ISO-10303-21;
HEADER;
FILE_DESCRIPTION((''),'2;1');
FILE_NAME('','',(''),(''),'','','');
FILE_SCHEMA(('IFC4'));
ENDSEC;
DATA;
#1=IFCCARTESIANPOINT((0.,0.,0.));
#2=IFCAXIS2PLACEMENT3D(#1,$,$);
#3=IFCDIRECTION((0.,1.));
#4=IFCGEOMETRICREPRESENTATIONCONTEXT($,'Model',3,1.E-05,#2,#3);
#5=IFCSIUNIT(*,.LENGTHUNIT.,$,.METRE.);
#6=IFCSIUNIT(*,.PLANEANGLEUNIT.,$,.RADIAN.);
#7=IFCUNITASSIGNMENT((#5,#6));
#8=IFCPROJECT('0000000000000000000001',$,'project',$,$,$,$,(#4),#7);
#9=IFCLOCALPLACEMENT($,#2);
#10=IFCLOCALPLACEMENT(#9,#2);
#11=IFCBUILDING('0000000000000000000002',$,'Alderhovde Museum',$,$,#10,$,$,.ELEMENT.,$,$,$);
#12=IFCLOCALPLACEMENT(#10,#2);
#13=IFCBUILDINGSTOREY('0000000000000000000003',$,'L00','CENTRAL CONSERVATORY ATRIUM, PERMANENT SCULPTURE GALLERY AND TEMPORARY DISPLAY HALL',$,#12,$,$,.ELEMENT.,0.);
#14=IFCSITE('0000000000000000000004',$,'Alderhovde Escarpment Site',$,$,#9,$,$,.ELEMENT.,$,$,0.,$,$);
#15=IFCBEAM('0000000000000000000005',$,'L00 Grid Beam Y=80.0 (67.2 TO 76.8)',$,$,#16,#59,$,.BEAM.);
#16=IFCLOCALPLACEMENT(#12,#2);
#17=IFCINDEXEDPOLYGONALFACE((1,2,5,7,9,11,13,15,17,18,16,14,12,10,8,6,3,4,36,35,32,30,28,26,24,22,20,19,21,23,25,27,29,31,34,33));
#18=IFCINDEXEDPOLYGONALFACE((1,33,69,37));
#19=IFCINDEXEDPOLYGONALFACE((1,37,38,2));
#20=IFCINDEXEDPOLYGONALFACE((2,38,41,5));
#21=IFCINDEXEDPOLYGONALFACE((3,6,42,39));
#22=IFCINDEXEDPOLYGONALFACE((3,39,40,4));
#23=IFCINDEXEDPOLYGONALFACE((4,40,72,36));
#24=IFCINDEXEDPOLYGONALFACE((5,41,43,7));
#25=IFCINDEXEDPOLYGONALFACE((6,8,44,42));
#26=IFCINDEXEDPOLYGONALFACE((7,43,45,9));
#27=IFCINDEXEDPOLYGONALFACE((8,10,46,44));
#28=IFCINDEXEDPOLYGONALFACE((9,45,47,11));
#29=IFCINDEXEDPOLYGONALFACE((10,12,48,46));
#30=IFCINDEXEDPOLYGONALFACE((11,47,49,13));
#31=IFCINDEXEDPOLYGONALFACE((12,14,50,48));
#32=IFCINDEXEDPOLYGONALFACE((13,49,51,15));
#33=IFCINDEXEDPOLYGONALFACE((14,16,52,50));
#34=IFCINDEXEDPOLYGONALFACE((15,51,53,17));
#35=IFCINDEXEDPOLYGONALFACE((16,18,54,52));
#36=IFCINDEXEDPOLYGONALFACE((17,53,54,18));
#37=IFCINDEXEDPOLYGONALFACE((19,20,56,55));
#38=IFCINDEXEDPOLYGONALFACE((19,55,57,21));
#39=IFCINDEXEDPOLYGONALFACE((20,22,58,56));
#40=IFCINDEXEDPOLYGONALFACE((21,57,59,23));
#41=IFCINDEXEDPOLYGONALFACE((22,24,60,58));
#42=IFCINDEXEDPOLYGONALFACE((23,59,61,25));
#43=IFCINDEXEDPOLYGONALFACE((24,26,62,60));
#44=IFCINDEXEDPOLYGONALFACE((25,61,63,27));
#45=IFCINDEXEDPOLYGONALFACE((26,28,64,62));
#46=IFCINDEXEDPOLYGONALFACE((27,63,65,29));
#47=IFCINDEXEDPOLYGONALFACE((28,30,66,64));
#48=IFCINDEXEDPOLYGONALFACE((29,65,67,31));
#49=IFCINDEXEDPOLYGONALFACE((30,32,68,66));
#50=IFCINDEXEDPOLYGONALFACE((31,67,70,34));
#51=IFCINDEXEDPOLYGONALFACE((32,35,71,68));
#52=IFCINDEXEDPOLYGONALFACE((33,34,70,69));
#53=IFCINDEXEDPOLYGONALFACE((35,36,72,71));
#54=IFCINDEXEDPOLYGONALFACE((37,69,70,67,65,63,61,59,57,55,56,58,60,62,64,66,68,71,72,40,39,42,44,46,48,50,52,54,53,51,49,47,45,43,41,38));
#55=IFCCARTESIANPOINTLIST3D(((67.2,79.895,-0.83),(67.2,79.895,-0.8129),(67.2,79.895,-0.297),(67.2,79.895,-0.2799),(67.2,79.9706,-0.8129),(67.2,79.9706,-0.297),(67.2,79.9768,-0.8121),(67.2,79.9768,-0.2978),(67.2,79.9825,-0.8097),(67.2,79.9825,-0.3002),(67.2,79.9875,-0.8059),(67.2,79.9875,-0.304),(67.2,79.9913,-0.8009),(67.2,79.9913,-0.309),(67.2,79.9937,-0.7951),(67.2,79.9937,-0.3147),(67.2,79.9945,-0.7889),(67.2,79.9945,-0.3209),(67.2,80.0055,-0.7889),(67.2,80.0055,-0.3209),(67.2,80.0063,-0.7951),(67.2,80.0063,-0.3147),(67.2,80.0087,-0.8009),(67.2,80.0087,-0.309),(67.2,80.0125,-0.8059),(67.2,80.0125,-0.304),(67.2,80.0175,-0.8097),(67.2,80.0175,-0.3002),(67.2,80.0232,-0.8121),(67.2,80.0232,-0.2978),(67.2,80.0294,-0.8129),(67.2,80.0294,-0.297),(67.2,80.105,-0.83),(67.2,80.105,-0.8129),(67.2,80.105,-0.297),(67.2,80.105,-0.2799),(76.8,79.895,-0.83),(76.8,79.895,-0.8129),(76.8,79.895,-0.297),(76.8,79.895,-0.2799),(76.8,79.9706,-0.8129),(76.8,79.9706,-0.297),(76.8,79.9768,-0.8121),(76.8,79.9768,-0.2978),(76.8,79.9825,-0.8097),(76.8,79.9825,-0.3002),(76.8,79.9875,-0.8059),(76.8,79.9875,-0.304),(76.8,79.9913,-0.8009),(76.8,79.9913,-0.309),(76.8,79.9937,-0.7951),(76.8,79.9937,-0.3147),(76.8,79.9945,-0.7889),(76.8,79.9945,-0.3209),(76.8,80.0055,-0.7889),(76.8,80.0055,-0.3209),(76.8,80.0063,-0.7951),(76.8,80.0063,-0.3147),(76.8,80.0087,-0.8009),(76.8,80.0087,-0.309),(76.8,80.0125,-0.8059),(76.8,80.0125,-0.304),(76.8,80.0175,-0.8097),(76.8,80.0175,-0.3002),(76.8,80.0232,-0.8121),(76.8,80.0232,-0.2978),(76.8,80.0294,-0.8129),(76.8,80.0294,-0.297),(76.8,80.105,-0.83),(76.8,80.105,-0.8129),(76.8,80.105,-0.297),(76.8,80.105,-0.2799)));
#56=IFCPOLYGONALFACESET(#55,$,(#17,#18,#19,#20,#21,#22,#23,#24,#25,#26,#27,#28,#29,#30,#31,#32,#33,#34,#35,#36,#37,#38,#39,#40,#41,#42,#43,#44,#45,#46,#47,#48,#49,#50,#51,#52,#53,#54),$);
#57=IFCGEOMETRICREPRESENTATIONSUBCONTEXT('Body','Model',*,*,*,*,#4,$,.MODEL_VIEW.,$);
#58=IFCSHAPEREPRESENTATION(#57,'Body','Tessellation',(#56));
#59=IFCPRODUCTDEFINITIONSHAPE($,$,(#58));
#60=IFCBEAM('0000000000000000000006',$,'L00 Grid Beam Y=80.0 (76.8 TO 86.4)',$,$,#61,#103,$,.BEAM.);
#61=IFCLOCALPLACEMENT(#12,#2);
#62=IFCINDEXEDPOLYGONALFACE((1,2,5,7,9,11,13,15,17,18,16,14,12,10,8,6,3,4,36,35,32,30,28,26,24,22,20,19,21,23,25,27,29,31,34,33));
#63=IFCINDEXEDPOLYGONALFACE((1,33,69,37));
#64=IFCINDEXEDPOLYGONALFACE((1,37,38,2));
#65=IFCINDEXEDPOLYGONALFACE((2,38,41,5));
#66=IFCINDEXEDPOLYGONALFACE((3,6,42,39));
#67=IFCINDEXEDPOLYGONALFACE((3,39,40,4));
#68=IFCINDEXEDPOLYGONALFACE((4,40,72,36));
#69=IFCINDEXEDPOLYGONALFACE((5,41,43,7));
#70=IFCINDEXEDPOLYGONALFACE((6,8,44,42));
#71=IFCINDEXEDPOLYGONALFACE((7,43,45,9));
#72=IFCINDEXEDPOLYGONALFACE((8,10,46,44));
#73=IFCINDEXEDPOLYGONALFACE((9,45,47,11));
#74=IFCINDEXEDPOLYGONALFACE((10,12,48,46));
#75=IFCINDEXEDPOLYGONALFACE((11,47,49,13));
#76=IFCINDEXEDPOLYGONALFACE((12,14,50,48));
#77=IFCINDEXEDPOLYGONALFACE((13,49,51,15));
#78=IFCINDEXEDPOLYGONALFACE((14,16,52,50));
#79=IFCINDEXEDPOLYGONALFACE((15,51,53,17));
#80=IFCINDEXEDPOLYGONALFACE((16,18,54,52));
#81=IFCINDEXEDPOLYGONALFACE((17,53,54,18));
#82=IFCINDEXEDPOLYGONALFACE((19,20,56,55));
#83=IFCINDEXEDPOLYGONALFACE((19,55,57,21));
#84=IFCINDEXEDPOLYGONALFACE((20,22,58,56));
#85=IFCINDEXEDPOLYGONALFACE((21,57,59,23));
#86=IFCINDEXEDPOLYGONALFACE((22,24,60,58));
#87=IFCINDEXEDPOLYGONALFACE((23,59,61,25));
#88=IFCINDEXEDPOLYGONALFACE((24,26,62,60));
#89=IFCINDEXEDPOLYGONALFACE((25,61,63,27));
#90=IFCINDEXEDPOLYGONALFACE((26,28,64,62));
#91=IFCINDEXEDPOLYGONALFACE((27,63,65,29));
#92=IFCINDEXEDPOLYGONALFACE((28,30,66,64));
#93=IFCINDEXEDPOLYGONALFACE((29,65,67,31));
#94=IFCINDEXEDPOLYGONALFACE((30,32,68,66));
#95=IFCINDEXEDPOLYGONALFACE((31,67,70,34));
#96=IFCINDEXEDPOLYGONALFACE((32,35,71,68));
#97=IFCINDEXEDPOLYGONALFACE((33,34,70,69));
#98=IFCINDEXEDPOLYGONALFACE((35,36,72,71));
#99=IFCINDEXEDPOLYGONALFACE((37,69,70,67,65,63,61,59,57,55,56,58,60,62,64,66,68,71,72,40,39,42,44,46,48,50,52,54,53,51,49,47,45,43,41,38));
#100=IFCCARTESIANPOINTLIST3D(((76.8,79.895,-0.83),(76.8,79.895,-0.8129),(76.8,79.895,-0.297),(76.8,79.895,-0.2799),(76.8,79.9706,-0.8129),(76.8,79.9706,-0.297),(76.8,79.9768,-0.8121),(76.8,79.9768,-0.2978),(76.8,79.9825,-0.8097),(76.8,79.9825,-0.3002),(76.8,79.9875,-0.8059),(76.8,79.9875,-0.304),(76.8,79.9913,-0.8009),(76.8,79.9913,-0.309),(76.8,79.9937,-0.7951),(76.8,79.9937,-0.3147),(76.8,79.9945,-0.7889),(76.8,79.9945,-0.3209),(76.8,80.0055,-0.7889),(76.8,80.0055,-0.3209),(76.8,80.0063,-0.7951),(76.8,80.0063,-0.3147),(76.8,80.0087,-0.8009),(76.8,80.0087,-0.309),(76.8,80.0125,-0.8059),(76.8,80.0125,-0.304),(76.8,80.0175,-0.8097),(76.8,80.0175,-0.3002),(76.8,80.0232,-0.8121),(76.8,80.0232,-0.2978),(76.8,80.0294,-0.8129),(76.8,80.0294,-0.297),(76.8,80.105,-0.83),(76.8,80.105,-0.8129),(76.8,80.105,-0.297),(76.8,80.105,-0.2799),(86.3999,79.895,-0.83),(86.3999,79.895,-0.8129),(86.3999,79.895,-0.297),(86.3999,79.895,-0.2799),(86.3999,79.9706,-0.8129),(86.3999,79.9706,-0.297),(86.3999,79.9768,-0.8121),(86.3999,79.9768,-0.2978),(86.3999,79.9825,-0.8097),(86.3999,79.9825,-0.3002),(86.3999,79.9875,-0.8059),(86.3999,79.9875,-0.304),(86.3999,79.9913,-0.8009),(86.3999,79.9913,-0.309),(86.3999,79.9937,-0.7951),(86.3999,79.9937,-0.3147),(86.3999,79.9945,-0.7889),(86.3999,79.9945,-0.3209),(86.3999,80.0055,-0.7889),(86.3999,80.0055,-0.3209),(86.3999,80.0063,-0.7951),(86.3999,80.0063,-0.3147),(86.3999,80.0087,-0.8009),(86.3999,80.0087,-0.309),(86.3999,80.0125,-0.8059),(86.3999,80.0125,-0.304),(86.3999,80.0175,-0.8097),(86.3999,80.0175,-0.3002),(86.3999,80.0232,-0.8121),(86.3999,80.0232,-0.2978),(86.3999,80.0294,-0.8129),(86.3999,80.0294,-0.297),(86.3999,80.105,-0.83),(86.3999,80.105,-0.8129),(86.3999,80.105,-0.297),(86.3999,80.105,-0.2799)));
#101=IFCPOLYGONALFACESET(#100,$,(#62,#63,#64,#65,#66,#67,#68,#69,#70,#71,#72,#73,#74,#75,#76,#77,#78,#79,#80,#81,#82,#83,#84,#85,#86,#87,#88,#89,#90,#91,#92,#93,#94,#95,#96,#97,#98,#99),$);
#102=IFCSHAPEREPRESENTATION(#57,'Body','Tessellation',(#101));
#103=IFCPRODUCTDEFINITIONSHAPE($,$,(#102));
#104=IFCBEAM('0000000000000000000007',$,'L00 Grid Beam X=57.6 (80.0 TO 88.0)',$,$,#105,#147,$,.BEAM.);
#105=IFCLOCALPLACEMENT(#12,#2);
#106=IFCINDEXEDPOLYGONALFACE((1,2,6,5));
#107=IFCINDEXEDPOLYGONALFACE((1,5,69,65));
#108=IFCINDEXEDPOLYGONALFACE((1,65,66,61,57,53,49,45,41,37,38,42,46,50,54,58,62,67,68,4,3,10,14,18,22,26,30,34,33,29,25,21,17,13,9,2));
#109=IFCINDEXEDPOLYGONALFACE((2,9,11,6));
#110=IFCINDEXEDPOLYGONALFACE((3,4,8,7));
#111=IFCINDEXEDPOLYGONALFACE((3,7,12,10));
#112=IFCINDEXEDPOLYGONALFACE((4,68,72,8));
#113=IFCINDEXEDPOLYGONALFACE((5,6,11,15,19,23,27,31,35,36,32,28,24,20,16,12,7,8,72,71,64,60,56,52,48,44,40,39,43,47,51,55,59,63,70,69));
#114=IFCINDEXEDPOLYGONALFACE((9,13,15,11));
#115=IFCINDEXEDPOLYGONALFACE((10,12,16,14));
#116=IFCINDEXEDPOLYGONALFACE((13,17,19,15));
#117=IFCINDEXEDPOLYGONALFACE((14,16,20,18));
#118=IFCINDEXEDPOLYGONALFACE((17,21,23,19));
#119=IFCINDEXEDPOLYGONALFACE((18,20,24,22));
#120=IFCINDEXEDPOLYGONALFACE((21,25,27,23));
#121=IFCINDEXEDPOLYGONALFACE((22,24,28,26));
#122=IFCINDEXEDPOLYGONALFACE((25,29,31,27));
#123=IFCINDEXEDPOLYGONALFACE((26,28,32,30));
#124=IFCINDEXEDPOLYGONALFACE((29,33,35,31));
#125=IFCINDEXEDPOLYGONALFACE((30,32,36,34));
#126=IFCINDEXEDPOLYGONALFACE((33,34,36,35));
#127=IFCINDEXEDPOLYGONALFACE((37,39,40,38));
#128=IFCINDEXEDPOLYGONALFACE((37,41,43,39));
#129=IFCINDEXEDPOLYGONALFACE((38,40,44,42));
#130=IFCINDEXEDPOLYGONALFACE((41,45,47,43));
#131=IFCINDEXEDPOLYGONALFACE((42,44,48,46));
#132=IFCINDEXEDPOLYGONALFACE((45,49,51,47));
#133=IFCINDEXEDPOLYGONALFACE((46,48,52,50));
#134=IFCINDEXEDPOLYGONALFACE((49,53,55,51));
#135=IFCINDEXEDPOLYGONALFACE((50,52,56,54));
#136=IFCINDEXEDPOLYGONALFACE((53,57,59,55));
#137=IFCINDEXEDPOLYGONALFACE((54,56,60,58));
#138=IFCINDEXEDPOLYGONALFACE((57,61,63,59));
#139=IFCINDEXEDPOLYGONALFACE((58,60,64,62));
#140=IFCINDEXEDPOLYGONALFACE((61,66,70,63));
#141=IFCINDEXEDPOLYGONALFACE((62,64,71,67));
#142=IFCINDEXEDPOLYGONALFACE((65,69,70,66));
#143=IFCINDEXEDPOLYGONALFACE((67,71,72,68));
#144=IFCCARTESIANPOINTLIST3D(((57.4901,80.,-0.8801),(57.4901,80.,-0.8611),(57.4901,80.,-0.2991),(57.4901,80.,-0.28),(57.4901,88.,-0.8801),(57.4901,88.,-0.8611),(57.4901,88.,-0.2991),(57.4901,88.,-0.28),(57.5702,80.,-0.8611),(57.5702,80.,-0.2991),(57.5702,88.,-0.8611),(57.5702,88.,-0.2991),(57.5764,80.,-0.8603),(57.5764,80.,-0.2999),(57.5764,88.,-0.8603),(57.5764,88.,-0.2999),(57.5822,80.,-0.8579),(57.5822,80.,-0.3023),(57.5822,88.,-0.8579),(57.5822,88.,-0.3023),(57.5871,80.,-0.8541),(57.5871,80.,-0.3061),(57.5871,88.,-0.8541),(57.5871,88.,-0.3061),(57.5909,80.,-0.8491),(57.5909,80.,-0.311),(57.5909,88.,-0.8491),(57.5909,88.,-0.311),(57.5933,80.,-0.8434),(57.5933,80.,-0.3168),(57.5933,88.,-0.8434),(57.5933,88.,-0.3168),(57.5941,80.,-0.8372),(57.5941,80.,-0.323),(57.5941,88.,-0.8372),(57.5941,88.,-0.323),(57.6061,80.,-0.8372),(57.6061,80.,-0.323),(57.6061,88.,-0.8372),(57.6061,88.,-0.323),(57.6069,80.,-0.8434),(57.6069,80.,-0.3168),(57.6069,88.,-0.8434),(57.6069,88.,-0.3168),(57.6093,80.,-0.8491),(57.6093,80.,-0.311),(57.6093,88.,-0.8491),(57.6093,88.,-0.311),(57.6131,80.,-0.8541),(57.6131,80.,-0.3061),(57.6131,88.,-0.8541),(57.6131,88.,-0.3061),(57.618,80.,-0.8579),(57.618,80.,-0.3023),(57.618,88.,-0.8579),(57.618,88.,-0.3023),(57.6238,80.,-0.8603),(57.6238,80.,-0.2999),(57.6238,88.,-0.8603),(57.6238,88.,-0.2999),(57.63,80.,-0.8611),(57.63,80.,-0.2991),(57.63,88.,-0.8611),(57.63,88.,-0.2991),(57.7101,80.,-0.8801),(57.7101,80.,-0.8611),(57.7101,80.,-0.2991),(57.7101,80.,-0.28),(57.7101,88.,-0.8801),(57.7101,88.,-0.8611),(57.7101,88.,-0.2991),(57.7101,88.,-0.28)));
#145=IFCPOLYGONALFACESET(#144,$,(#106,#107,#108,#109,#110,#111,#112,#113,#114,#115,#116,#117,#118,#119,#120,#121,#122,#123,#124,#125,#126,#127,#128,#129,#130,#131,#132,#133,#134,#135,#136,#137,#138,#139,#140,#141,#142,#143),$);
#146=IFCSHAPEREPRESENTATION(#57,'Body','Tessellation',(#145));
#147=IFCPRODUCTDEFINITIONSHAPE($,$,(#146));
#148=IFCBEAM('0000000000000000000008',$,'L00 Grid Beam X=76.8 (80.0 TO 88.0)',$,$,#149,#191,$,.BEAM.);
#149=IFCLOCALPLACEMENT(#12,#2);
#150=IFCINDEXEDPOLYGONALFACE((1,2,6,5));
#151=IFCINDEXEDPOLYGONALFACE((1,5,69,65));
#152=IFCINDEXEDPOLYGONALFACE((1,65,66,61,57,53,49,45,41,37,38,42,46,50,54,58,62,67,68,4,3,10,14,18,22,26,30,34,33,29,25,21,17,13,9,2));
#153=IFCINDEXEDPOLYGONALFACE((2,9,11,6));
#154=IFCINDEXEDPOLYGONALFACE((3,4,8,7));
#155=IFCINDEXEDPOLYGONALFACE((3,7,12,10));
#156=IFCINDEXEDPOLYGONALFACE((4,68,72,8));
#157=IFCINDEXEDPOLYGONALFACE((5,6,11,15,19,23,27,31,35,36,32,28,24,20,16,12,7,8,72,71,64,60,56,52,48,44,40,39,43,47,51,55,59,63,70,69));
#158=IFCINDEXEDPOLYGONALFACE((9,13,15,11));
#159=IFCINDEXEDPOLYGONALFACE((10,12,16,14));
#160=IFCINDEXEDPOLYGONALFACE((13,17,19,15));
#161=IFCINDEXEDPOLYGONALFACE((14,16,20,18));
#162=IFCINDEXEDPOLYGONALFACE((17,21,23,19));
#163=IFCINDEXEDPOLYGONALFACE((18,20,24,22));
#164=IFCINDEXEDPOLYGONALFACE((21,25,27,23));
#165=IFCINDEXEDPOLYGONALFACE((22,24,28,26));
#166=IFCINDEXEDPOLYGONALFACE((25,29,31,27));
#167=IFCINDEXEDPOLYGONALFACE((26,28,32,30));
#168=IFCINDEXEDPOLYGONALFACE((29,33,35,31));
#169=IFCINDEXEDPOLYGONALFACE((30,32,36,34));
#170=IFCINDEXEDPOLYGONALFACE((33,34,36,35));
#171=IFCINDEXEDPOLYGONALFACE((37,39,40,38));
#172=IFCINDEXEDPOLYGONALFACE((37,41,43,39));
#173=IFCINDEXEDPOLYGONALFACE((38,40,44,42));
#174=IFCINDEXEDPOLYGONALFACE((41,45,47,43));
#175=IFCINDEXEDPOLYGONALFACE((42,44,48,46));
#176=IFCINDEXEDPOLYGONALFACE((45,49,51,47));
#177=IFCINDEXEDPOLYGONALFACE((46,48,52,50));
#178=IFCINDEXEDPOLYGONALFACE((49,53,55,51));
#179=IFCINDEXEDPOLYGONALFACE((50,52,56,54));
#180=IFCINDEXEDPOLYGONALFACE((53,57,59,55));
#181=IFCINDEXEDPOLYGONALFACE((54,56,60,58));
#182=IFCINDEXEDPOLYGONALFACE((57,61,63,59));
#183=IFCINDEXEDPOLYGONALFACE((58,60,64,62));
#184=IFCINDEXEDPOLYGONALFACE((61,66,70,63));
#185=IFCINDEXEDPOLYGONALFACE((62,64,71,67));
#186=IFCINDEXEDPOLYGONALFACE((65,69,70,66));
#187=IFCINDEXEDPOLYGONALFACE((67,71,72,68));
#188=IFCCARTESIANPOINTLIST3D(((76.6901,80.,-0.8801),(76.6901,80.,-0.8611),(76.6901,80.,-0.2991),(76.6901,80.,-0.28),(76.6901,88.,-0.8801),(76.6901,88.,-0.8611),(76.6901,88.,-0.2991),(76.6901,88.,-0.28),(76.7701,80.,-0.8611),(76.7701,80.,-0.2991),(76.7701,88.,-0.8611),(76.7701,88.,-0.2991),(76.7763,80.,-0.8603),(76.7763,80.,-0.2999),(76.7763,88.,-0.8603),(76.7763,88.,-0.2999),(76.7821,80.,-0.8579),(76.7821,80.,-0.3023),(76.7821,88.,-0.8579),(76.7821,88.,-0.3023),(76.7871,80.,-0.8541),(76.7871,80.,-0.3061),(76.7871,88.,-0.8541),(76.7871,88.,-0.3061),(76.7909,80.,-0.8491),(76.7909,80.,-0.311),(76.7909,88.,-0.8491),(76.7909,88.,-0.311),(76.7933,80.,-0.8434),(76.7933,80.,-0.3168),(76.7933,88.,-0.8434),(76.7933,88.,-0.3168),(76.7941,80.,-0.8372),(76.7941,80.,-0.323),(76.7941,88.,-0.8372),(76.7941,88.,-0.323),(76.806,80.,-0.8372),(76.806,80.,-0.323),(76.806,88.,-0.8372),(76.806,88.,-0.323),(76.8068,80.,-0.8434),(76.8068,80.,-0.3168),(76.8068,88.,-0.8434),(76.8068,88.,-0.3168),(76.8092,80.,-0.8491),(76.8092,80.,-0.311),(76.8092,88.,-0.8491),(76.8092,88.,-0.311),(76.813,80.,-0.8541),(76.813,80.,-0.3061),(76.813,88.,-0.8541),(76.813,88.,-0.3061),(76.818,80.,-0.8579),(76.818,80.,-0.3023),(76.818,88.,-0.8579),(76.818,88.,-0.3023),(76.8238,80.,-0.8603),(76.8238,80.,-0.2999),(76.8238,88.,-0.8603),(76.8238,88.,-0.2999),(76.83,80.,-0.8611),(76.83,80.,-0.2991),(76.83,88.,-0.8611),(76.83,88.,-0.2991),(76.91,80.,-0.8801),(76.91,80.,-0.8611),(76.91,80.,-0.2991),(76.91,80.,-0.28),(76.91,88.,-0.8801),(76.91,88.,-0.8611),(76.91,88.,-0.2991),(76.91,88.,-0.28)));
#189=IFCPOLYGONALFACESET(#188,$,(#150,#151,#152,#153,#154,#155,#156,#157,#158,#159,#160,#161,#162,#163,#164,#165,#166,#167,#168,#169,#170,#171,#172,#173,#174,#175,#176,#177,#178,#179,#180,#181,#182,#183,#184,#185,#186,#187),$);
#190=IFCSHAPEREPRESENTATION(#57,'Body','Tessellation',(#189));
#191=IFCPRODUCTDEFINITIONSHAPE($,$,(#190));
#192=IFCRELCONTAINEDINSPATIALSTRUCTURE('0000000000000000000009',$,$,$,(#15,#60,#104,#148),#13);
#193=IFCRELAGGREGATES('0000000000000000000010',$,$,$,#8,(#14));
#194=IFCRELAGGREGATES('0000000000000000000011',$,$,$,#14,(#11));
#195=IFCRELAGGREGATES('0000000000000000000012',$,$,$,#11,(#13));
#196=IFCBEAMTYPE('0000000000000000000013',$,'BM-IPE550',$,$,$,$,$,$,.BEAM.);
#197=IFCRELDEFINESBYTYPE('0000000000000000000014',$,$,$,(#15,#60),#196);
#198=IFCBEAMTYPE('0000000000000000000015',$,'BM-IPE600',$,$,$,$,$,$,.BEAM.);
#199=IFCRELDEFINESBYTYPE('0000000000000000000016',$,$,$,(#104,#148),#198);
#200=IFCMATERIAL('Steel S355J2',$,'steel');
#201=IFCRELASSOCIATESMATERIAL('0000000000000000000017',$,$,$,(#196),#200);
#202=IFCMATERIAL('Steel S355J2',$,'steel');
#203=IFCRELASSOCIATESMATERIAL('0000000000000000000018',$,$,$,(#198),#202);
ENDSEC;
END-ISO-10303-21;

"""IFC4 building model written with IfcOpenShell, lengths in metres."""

from ifc_helpers import new_model, si_unit, direction, frame, origin, origin_2d, place, context, subcontext, project, spatial, i_section, extrude, material, material_profile, profile_set, type_object, element, save


model = new_model("IFC4")

# Units and contexts
model_context = context("Model", 3, precision=1e-05, world=origin(), true_north=direction((0.0, 1.0)))
body_context = subcontext(model_context, "Body", "Model", "MODEL_VIEW")
ifc_project = project(units=[si_unit("LENGTHUNIT", "METRE"), si_unit("PLANEANGLEUNIT", "RADIAN")], contexts=[model_context])

# Site, building, storey
site_placement = place(None, origin())
site = spatial("IfcSite", under=ifc_project, at=site_placement, Name="Alderhovde Escarpment Site", CompositionType="ELEMENT", RefElevation=0.0)
building_placement = place(site_placement, origin())
building = spatial("IfcBuilding", under=site, at=building_placement, Name="Alderhovde Museum", CompositionType="ELEMENT")
storey_placement = place(building_placement, origin())
storey = spatial("IfcBuildingStorey", under=building, at=storey_placement, Name="L00", Description="CENTRAL CONSERVATORY ATRIUM, PERMANENT SCULPTURE GALLERY AND TEMPORARY DISPLAY HALL", CompositionType="ELEMENT", Elevation=0.0)

# Beams
ifc_material_1 = material(Name="Steel S355J2", Category="steel")
ifc_material_profile_1 = material_profile(ifc_material_1, i_section(OverallWidth=0.21, OverallDepth=0.55, WebThickness=0.011, FlangeThickness=0.0171, FilletRadius=0.0239, at=origin_2d()), Name="IPE 550")
ifc_profile_set_1 = profile_set([ifc_material_profile_1], Name="Steel S355J2")
beam_type_1 = type_object("IfcBeamType", Name="BM-IPE550", PredefinedType="BEAM", material=ifc_profile_set_1)
beam_1_placement = place(storey_placement, frame((67.2, 80.0, -0.5549), z_axis=(1.0, 0.0, 0.0), x_axis=(0.0, 1.0, 0.0)))
element("IfcBeam", 1, at=beam_1_placement, inside=storey, type_object=beam_type_1, Name="L00 Grid Beam Y=80.0 (67.2 TO 76.8)", PredefinedType="BEAM", context=body_context, shape_type="SweptSolid", body=[
    extrude(i_section(OverallWidth=0.21, OverallDepth=0.55, WebThickness=0.011, FlangeThickness=0.0171, FilletRadius=0.0239, at=origin_2d()), origin(), (0.0, 0.0, 1.0), 9.6001),
])
beam_2_placement = place(storey_placement, frame((76.8, 80.0, -0.5549), z_axis=(1.0, 0.0, 0.0), x_axis=(0.0, 1.0, 0.0)))
element("IfcBeam", 2, at=beam_2_placement, inside=storey, type_object=beam_type_1, Name="L00 Grid Beam Y=80.0 (76.8 TO 86.4)", PredefinedType="BEAM", context=body_context, shape_type="SweptSolid", body=[
    extrude(i_section(OverallWidth=0.21, OverallDepth=0.55, WebThickness=0.011, FlangeThickness=0.0171, FilletRadius=0.0239, at=origin_2d()), origin(), (0.0, 0.0, 1.0), 9.5999),
])
ifc_material_2 = material(Name="Steel S355J2", Category="steel")
ifc_material_profile_2 = material_profile(ifc_material_2, i_section(OverallWidth=0.22, OverallDepth=0.6001, WebThickness=0.012, FlangeThickness=0.019, FilletRadius=0.0239, at=origin_2d()), Name="IPE 600")
ifc_profile_set_2 = profile_set([ifc_material_profile_2], Name="Steel S355J2")
beam_type_2 = type_object("IfcBeamType", Name="BM-IPE600", PredefinedType="BEAM", material=ifc_profile_set_2)
for number, where, z_axis, x_axis, name in (
    (3, (57.6001, 80.0, -0.5801), (0.0, 1.0, 0.0), (-1.0, 0.0, 0.0), "L00 Grid Beam X=57.6 (80.0 TO 88.0)"),
    (4, (76.8, 80.0, -0.5801), (0.0, 1.0, 0.0), (-1.0, 0.0, 0.0), "L00 Grid Beam X=76.8 (80.0 TO 88.0)"),
):
    element("IfcBeam", number, at=place(storey_placement, frame(where, z_axis=z_axis, x_axis=x_axis)), inside=storey, type_object=beam_type_2, Name=name, PredefinedType="BEAM", context=body_context, shape_type="SweptSolid", body=[
        extrude(i_section(OverallWidth=0.22, OverallDepth=0.6001, WebThickness=0.012, FlangeThickness=0.019, FilletRadius=0.0239, at=origin_2d()), origin(), (0.0, 0.0, 1.0), 8.0),
    ])

save(model, "model.ifc")
